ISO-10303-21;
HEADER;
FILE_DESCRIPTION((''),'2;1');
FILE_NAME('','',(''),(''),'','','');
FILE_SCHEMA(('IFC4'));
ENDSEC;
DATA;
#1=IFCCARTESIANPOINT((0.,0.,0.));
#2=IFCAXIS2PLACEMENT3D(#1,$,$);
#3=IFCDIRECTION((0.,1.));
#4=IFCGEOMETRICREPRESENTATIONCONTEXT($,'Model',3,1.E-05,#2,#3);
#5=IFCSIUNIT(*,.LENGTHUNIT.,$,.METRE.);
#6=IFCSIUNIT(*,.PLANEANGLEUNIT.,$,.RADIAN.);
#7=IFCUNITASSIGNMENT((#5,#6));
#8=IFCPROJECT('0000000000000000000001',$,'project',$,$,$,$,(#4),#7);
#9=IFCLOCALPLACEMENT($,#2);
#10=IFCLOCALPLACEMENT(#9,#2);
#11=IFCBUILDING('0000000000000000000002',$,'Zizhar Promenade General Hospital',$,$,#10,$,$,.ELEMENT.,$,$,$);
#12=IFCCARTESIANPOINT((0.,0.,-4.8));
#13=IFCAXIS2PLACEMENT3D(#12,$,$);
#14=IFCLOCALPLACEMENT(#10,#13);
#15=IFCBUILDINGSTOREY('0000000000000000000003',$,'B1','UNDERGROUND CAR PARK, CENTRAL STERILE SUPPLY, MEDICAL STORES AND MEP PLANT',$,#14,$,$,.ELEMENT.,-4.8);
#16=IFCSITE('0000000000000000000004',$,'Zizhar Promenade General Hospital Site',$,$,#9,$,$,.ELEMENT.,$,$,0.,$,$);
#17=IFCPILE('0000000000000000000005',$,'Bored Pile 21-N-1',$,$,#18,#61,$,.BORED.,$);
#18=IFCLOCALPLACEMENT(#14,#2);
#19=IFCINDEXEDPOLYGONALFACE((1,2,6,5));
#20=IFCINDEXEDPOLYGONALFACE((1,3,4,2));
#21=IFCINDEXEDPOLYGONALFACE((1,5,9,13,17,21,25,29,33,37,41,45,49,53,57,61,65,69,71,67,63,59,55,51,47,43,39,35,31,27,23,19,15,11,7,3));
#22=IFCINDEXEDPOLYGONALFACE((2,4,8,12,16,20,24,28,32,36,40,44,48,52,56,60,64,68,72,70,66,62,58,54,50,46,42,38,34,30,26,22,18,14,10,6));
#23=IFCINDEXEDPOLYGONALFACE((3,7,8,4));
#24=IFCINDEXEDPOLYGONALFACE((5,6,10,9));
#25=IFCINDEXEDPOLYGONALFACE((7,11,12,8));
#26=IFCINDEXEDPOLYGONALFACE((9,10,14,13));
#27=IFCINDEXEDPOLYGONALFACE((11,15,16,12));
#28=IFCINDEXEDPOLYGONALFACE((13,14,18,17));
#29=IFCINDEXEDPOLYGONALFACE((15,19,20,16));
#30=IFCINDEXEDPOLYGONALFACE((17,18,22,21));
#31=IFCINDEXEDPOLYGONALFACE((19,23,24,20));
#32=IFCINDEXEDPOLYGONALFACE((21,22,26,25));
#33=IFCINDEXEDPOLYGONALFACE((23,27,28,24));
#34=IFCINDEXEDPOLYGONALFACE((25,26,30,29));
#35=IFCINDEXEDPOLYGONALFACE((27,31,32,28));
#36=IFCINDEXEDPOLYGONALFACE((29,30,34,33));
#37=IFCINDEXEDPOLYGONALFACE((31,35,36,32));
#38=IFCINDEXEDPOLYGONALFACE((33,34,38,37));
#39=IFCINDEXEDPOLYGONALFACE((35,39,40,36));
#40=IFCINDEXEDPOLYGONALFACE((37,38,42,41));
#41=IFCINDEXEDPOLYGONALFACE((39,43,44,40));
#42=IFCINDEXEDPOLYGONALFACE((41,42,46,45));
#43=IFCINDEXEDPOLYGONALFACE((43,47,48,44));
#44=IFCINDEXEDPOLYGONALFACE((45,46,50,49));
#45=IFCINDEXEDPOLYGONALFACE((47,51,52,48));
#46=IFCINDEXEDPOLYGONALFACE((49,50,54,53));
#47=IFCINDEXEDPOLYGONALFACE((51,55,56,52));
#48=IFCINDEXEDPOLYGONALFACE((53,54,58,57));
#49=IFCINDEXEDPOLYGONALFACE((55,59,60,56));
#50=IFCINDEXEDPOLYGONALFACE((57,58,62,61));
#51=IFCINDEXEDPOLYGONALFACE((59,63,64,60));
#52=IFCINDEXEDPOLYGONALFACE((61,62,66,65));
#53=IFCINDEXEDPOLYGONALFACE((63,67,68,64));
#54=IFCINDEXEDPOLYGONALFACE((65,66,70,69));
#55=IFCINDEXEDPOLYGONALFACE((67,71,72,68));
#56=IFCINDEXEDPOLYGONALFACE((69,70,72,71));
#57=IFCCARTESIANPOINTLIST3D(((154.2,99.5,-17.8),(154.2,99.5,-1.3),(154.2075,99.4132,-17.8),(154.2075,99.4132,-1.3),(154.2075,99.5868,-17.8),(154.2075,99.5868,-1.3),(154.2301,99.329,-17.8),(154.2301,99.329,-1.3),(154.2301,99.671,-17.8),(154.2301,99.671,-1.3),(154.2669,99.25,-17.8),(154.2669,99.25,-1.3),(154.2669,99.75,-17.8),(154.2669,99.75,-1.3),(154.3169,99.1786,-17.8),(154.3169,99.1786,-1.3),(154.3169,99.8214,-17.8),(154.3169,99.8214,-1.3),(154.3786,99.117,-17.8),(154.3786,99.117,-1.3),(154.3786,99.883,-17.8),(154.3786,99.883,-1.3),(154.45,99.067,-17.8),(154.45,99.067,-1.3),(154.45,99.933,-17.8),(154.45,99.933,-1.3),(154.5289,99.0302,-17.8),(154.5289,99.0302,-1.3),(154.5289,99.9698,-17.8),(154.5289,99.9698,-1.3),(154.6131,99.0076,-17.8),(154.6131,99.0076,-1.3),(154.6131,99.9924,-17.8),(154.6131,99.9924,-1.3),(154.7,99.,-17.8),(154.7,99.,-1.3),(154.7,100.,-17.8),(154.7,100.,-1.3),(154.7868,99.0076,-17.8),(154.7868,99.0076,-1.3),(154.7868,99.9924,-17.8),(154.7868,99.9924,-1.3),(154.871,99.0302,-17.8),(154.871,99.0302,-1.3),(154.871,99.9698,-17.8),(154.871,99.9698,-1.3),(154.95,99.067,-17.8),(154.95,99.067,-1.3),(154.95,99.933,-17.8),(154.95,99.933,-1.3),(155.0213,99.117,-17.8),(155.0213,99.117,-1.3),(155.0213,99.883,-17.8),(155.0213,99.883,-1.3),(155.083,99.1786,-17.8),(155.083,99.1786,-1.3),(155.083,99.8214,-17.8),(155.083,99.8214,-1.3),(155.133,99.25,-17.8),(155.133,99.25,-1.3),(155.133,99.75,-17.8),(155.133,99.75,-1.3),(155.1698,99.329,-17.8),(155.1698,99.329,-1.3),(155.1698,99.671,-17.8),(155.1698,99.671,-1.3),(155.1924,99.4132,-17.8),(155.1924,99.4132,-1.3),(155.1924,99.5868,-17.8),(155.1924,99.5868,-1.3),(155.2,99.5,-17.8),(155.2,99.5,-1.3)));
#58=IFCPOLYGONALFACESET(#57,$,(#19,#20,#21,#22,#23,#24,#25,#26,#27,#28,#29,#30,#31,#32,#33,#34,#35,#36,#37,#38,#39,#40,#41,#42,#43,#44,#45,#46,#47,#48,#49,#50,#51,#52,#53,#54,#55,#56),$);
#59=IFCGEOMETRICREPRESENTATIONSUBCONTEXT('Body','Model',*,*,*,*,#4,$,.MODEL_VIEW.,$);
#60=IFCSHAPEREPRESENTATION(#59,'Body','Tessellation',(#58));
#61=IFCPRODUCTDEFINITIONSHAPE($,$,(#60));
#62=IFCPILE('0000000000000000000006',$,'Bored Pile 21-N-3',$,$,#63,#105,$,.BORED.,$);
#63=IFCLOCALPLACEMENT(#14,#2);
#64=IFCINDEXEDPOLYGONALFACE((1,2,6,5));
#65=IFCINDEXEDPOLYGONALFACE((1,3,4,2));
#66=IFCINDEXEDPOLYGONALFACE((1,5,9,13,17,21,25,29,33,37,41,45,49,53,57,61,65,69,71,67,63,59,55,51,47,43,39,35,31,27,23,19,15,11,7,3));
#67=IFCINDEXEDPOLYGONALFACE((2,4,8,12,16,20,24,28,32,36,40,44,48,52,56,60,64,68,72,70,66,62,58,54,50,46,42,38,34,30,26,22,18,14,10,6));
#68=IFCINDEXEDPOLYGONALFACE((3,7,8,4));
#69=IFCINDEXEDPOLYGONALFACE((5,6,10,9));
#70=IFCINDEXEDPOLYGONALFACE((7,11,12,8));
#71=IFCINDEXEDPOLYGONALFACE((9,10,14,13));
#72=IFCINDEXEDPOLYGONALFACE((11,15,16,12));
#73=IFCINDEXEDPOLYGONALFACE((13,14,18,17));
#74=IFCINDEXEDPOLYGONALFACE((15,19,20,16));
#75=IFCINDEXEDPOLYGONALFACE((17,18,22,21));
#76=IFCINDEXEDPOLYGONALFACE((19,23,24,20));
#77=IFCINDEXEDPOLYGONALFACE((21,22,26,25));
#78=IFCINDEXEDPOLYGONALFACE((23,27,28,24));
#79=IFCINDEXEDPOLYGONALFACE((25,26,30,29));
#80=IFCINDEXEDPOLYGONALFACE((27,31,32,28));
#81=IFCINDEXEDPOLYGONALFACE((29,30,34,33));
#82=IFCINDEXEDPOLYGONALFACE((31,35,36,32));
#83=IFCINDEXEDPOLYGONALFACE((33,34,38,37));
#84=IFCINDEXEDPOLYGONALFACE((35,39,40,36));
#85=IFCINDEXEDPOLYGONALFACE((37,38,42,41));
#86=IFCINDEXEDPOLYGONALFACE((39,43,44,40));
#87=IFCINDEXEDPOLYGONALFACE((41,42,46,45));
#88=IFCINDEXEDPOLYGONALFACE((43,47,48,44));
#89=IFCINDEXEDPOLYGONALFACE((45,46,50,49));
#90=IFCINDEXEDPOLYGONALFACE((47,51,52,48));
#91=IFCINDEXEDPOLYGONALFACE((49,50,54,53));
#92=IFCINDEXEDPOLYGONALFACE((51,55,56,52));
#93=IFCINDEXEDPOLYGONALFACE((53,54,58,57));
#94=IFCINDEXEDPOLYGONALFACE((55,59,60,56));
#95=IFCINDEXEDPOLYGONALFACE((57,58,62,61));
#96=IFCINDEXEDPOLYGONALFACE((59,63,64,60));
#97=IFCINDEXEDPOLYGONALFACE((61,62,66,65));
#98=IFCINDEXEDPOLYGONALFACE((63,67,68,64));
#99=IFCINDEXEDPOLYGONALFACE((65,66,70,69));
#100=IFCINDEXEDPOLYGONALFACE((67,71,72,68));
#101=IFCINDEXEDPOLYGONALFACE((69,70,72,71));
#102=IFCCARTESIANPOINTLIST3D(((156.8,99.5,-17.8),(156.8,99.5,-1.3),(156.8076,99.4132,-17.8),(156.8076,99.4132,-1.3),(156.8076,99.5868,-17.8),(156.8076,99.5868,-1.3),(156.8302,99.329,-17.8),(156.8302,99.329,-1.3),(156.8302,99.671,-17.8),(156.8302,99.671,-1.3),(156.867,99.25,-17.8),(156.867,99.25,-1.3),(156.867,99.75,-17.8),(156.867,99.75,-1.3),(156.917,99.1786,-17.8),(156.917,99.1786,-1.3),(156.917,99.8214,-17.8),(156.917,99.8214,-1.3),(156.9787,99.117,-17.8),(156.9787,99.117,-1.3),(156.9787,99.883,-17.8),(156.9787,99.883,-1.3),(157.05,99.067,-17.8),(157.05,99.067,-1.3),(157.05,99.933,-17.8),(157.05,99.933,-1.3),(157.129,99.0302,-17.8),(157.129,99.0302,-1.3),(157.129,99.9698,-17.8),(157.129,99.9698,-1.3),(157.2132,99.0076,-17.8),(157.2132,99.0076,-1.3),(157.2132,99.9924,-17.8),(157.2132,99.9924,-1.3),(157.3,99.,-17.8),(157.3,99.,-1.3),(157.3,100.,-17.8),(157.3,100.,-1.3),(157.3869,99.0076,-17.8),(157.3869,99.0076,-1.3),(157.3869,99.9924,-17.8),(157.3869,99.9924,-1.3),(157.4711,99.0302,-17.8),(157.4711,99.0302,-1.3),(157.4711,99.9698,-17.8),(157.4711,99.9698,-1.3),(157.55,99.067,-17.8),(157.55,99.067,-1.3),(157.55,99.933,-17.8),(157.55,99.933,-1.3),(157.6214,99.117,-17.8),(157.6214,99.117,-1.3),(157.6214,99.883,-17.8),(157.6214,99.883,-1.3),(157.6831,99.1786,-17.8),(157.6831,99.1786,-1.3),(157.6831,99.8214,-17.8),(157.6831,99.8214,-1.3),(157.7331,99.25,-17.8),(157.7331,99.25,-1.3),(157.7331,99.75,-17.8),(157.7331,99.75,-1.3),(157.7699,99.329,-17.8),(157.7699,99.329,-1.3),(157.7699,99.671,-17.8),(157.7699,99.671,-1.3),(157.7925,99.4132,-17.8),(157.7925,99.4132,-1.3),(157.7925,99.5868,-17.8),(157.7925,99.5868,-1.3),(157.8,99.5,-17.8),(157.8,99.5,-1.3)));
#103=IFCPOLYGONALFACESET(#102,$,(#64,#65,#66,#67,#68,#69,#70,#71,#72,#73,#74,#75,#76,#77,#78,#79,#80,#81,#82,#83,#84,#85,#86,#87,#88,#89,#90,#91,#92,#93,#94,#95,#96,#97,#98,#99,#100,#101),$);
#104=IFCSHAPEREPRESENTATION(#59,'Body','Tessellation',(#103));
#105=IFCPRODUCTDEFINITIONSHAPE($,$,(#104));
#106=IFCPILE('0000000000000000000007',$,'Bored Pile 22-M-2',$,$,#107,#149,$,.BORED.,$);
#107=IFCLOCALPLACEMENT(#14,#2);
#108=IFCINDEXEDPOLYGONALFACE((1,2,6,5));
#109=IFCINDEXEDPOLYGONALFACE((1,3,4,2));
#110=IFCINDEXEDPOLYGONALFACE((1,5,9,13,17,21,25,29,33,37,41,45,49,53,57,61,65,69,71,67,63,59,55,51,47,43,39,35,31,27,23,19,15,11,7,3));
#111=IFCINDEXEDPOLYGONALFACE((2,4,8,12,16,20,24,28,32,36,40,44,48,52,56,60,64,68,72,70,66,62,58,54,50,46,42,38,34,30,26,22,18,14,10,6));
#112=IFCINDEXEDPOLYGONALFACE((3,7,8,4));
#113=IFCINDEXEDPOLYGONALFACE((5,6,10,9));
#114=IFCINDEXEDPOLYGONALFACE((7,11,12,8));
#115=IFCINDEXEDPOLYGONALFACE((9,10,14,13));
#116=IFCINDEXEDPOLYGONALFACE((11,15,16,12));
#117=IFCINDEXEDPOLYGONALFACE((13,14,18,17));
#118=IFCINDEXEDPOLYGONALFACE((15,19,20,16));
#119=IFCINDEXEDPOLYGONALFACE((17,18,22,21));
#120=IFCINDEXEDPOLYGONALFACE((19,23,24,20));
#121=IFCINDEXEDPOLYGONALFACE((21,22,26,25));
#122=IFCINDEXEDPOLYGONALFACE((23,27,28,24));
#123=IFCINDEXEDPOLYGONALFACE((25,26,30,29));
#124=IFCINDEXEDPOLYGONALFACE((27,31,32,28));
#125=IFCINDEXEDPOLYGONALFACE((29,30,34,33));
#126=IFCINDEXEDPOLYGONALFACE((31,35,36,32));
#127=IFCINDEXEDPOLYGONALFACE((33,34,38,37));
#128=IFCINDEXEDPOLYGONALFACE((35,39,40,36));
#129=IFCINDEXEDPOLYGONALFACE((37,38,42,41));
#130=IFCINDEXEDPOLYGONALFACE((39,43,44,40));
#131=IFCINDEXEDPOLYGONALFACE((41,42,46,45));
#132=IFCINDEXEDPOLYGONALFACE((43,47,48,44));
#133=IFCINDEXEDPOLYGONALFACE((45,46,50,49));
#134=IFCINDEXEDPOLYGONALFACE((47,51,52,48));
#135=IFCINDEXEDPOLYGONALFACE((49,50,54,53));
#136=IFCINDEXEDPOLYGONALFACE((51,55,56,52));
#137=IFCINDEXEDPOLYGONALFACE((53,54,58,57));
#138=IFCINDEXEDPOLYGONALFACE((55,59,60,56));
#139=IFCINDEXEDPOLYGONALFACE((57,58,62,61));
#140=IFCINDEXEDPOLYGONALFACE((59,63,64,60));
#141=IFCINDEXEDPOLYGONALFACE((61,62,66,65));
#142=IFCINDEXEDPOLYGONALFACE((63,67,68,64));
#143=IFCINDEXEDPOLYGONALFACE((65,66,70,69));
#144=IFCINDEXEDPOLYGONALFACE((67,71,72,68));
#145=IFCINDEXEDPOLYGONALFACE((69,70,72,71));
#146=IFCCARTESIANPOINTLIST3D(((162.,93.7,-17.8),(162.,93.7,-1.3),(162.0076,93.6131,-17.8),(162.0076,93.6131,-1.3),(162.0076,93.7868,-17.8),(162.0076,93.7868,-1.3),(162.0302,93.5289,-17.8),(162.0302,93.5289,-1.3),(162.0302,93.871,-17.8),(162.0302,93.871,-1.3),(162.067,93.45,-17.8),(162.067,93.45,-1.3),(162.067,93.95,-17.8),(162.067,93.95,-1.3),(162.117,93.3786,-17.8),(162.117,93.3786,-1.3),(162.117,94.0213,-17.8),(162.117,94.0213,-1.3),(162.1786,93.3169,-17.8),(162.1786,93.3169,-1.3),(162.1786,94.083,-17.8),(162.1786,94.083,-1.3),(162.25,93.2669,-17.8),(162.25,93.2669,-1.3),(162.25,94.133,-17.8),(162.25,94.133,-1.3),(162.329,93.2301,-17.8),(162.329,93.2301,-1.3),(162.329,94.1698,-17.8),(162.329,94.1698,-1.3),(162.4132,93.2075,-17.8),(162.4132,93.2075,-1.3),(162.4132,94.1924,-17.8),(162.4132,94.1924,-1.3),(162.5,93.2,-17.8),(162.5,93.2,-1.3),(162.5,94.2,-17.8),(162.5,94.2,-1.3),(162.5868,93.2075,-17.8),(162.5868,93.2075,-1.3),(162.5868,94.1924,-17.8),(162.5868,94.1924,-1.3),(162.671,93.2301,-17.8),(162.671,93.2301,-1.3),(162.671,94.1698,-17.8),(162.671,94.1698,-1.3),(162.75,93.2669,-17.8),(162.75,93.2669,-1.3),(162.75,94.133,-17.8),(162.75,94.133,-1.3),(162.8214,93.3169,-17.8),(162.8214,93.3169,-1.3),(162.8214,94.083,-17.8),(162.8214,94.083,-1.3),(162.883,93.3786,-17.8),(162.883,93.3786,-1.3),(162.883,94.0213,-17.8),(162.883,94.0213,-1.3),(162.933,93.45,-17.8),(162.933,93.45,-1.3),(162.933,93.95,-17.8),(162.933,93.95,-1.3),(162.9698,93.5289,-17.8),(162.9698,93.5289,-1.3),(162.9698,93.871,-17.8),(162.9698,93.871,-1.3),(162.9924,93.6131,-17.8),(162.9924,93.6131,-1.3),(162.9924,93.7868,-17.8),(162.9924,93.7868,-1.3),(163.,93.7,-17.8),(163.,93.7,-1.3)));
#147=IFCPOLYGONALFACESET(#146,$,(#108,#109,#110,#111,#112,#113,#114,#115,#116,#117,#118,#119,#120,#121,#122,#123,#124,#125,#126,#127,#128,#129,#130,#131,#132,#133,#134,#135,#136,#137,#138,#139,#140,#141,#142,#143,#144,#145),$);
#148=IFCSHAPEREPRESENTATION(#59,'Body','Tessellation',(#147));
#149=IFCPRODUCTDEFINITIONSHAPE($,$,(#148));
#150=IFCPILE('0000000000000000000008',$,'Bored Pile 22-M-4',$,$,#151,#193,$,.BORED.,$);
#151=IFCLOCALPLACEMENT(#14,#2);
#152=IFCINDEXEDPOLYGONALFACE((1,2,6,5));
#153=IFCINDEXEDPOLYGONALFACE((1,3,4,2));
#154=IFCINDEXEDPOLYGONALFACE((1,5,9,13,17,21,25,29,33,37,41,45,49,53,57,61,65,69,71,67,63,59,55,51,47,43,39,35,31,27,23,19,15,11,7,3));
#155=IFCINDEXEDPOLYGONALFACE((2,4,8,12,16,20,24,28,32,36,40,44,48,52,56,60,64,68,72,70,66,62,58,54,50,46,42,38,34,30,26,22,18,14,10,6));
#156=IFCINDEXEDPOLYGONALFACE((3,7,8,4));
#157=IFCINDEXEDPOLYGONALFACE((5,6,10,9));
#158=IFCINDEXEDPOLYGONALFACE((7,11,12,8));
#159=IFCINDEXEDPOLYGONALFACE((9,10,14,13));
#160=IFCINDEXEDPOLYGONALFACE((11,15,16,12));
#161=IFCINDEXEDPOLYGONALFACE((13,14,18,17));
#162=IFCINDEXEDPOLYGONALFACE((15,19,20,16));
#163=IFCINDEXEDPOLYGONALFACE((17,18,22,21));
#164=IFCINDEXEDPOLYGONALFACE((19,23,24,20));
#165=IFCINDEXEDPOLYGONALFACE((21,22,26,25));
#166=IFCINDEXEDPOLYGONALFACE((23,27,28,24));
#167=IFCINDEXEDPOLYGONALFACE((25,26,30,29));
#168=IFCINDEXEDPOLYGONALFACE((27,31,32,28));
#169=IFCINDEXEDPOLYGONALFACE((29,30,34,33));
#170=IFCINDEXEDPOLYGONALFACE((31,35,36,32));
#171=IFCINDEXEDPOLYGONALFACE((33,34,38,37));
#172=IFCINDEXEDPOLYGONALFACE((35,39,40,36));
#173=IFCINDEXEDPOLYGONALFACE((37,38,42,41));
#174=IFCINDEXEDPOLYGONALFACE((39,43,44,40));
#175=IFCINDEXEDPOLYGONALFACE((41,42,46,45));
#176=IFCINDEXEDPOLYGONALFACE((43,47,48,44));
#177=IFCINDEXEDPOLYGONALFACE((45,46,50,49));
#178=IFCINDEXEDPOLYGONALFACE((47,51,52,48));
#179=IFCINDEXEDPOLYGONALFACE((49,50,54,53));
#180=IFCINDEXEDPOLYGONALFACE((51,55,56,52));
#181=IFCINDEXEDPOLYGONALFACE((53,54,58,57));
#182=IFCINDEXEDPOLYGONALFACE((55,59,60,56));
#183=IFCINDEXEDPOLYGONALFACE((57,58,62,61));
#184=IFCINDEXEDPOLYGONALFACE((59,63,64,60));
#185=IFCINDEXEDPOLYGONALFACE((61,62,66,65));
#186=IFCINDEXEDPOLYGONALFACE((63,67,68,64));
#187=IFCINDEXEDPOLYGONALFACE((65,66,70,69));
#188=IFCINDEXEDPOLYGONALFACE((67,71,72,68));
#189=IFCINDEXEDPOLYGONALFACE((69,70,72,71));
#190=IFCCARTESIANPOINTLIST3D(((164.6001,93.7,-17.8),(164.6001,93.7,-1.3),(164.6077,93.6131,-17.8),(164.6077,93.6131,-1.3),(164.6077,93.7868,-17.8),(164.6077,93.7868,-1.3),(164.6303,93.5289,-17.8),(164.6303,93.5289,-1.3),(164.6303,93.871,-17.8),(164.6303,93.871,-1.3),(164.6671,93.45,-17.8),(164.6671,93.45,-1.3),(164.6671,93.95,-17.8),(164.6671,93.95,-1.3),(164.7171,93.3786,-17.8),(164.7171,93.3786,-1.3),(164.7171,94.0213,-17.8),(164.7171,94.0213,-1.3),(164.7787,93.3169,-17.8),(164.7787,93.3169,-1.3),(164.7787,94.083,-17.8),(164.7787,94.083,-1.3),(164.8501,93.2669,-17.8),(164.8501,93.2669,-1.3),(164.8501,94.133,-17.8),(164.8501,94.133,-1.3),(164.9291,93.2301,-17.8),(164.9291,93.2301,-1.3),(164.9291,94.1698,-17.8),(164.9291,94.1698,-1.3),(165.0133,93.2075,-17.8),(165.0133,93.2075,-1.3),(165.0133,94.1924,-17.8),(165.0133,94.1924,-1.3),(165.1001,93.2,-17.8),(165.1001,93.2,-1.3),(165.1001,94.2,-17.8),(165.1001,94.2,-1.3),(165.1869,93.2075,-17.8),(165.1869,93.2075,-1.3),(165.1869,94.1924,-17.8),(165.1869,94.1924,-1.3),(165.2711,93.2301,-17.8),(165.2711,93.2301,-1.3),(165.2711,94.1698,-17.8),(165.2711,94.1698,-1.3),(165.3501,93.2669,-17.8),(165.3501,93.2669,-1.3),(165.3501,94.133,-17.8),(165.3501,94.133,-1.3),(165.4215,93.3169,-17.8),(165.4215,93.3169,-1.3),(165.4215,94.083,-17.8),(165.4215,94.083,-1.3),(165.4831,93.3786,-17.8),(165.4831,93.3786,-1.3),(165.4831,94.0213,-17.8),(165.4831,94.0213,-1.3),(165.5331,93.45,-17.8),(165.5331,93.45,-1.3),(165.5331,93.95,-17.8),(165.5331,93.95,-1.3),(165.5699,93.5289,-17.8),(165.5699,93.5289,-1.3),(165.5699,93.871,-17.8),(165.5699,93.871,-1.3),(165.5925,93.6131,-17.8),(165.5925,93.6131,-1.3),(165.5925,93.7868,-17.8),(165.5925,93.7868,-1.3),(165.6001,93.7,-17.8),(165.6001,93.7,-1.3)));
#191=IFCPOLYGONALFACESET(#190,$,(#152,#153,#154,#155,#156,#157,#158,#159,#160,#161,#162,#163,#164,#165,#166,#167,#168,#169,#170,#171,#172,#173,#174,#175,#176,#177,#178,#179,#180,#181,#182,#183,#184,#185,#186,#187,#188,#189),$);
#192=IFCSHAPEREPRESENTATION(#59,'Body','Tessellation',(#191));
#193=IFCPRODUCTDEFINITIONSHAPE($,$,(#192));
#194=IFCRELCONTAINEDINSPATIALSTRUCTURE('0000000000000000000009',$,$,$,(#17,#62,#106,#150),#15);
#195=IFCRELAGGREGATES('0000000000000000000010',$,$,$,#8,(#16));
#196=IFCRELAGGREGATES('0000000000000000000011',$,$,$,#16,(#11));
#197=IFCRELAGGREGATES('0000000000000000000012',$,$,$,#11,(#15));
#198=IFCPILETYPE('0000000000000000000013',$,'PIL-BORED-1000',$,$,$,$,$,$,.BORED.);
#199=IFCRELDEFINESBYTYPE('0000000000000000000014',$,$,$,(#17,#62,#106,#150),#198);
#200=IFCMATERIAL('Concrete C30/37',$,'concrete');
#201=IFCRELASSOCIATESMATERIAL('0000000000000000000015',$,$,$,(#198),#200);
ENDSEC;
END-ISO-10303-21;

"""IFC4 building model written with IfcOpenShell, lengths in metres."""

from ifc_helpers import new_model, si_unit, direction, frame, origin, origin_2d, place, context, subcontext, project, spatial, circle, extrude, material, material_profile, profile_set, type_object, element, save


model = new_model("IFC4")

# Units and contexts
model_context = context("Model", 3, precision=1e-05, world=origin(), true_north=direction((0.0, 1.0)))
body_context = subcontext(model_context, "Body", "Model", "MODEL_VIEW")
ifc_project = project(units=[si_unit("LENGTHUNIT", "METRE"), si_unit("PLANEANGLEUNIT", "RADIAN")], contexts=[model_context])

# Site, building, storey
site_placement = place(None, origin())
site = spatial("IfcSite", under=ifc_project, at=site_placement, Name="Zizhar Promenade General Hospital Site", CompositionType="ELEMENT", RefElevation=0.0)
building_placement = place(site_placement, origin())
building = spatial("IfcBuilding", under=site, at=building_placement, Name="Zizhar Promenade General Hospital", CompositionType="ELEMENT")
storey_placement = place(building_placement, frame((0.0, 0.0, -4.8)))
storey = spatial("IfcBuildingStorey", under=building, at=storey_placement, Name="B1", Description="UNDERGROUND CAR PARK, CENTRAL STERILE SUPPLY, MEDICAL STORES AND MEP PLANT", CompositionType="ELEMENT", Elevation=-4.8)

# Piles
ifc_material_1 = material(Name="Concrete C30/37", Category="concrete")
ifc_material_profile_1 = material_profile(ifc_material_1, circle(Radius=0.5, at=origin_2d()))
ifc_profile_set_1 = profile_set([ifc_material_profile_1], Name="Concrete C30/37")
pile_type = type_object("IfcPileType", Name="PIL-BORED-1000", PredefinedType="BORED", material=ifc_profile_set_1)
for number, where, z_axis, x_axis, name in (
    (1, (154.7, 99.5, -1.3), (0.0, 0.0, -1.0), (1.0, 0.0, 0.0), "Bored Pile 21-N-1"),
    (2, (157.3, 99.5, -1.3), (0.0, 0.0, -1.0), (1.0, 0.0, 0.0), "Bored Pile 21-N-3"),
    (3, (162.5, 93.7, -1.3), (0.0, 0.0, -1.0), (1.0, 0.0, 0.0), "Bored Pile 22-M-2"),
    (4, (165.1001, 93.7, -1.3), (0.0, 0.0, -1.0), (1.0, 0.0, 0.0), "Bored Pile 22-M-4"),
):
    element("IfcPile", number, at=place(storey_placement, frame(where, z_axis=z_axis, x_axis=x_axis)), inside=storey, type_object=pile_type, Name=name, PredefinedType="BORED", context=body_context, shape_type="SweptSolid", body=[
        extrude(circle(Radius=0.5, at=origin_2d()), origin(), (0.0, 0.0, 1.0), 16.5),
    ])

save(model, "model.ifc")
